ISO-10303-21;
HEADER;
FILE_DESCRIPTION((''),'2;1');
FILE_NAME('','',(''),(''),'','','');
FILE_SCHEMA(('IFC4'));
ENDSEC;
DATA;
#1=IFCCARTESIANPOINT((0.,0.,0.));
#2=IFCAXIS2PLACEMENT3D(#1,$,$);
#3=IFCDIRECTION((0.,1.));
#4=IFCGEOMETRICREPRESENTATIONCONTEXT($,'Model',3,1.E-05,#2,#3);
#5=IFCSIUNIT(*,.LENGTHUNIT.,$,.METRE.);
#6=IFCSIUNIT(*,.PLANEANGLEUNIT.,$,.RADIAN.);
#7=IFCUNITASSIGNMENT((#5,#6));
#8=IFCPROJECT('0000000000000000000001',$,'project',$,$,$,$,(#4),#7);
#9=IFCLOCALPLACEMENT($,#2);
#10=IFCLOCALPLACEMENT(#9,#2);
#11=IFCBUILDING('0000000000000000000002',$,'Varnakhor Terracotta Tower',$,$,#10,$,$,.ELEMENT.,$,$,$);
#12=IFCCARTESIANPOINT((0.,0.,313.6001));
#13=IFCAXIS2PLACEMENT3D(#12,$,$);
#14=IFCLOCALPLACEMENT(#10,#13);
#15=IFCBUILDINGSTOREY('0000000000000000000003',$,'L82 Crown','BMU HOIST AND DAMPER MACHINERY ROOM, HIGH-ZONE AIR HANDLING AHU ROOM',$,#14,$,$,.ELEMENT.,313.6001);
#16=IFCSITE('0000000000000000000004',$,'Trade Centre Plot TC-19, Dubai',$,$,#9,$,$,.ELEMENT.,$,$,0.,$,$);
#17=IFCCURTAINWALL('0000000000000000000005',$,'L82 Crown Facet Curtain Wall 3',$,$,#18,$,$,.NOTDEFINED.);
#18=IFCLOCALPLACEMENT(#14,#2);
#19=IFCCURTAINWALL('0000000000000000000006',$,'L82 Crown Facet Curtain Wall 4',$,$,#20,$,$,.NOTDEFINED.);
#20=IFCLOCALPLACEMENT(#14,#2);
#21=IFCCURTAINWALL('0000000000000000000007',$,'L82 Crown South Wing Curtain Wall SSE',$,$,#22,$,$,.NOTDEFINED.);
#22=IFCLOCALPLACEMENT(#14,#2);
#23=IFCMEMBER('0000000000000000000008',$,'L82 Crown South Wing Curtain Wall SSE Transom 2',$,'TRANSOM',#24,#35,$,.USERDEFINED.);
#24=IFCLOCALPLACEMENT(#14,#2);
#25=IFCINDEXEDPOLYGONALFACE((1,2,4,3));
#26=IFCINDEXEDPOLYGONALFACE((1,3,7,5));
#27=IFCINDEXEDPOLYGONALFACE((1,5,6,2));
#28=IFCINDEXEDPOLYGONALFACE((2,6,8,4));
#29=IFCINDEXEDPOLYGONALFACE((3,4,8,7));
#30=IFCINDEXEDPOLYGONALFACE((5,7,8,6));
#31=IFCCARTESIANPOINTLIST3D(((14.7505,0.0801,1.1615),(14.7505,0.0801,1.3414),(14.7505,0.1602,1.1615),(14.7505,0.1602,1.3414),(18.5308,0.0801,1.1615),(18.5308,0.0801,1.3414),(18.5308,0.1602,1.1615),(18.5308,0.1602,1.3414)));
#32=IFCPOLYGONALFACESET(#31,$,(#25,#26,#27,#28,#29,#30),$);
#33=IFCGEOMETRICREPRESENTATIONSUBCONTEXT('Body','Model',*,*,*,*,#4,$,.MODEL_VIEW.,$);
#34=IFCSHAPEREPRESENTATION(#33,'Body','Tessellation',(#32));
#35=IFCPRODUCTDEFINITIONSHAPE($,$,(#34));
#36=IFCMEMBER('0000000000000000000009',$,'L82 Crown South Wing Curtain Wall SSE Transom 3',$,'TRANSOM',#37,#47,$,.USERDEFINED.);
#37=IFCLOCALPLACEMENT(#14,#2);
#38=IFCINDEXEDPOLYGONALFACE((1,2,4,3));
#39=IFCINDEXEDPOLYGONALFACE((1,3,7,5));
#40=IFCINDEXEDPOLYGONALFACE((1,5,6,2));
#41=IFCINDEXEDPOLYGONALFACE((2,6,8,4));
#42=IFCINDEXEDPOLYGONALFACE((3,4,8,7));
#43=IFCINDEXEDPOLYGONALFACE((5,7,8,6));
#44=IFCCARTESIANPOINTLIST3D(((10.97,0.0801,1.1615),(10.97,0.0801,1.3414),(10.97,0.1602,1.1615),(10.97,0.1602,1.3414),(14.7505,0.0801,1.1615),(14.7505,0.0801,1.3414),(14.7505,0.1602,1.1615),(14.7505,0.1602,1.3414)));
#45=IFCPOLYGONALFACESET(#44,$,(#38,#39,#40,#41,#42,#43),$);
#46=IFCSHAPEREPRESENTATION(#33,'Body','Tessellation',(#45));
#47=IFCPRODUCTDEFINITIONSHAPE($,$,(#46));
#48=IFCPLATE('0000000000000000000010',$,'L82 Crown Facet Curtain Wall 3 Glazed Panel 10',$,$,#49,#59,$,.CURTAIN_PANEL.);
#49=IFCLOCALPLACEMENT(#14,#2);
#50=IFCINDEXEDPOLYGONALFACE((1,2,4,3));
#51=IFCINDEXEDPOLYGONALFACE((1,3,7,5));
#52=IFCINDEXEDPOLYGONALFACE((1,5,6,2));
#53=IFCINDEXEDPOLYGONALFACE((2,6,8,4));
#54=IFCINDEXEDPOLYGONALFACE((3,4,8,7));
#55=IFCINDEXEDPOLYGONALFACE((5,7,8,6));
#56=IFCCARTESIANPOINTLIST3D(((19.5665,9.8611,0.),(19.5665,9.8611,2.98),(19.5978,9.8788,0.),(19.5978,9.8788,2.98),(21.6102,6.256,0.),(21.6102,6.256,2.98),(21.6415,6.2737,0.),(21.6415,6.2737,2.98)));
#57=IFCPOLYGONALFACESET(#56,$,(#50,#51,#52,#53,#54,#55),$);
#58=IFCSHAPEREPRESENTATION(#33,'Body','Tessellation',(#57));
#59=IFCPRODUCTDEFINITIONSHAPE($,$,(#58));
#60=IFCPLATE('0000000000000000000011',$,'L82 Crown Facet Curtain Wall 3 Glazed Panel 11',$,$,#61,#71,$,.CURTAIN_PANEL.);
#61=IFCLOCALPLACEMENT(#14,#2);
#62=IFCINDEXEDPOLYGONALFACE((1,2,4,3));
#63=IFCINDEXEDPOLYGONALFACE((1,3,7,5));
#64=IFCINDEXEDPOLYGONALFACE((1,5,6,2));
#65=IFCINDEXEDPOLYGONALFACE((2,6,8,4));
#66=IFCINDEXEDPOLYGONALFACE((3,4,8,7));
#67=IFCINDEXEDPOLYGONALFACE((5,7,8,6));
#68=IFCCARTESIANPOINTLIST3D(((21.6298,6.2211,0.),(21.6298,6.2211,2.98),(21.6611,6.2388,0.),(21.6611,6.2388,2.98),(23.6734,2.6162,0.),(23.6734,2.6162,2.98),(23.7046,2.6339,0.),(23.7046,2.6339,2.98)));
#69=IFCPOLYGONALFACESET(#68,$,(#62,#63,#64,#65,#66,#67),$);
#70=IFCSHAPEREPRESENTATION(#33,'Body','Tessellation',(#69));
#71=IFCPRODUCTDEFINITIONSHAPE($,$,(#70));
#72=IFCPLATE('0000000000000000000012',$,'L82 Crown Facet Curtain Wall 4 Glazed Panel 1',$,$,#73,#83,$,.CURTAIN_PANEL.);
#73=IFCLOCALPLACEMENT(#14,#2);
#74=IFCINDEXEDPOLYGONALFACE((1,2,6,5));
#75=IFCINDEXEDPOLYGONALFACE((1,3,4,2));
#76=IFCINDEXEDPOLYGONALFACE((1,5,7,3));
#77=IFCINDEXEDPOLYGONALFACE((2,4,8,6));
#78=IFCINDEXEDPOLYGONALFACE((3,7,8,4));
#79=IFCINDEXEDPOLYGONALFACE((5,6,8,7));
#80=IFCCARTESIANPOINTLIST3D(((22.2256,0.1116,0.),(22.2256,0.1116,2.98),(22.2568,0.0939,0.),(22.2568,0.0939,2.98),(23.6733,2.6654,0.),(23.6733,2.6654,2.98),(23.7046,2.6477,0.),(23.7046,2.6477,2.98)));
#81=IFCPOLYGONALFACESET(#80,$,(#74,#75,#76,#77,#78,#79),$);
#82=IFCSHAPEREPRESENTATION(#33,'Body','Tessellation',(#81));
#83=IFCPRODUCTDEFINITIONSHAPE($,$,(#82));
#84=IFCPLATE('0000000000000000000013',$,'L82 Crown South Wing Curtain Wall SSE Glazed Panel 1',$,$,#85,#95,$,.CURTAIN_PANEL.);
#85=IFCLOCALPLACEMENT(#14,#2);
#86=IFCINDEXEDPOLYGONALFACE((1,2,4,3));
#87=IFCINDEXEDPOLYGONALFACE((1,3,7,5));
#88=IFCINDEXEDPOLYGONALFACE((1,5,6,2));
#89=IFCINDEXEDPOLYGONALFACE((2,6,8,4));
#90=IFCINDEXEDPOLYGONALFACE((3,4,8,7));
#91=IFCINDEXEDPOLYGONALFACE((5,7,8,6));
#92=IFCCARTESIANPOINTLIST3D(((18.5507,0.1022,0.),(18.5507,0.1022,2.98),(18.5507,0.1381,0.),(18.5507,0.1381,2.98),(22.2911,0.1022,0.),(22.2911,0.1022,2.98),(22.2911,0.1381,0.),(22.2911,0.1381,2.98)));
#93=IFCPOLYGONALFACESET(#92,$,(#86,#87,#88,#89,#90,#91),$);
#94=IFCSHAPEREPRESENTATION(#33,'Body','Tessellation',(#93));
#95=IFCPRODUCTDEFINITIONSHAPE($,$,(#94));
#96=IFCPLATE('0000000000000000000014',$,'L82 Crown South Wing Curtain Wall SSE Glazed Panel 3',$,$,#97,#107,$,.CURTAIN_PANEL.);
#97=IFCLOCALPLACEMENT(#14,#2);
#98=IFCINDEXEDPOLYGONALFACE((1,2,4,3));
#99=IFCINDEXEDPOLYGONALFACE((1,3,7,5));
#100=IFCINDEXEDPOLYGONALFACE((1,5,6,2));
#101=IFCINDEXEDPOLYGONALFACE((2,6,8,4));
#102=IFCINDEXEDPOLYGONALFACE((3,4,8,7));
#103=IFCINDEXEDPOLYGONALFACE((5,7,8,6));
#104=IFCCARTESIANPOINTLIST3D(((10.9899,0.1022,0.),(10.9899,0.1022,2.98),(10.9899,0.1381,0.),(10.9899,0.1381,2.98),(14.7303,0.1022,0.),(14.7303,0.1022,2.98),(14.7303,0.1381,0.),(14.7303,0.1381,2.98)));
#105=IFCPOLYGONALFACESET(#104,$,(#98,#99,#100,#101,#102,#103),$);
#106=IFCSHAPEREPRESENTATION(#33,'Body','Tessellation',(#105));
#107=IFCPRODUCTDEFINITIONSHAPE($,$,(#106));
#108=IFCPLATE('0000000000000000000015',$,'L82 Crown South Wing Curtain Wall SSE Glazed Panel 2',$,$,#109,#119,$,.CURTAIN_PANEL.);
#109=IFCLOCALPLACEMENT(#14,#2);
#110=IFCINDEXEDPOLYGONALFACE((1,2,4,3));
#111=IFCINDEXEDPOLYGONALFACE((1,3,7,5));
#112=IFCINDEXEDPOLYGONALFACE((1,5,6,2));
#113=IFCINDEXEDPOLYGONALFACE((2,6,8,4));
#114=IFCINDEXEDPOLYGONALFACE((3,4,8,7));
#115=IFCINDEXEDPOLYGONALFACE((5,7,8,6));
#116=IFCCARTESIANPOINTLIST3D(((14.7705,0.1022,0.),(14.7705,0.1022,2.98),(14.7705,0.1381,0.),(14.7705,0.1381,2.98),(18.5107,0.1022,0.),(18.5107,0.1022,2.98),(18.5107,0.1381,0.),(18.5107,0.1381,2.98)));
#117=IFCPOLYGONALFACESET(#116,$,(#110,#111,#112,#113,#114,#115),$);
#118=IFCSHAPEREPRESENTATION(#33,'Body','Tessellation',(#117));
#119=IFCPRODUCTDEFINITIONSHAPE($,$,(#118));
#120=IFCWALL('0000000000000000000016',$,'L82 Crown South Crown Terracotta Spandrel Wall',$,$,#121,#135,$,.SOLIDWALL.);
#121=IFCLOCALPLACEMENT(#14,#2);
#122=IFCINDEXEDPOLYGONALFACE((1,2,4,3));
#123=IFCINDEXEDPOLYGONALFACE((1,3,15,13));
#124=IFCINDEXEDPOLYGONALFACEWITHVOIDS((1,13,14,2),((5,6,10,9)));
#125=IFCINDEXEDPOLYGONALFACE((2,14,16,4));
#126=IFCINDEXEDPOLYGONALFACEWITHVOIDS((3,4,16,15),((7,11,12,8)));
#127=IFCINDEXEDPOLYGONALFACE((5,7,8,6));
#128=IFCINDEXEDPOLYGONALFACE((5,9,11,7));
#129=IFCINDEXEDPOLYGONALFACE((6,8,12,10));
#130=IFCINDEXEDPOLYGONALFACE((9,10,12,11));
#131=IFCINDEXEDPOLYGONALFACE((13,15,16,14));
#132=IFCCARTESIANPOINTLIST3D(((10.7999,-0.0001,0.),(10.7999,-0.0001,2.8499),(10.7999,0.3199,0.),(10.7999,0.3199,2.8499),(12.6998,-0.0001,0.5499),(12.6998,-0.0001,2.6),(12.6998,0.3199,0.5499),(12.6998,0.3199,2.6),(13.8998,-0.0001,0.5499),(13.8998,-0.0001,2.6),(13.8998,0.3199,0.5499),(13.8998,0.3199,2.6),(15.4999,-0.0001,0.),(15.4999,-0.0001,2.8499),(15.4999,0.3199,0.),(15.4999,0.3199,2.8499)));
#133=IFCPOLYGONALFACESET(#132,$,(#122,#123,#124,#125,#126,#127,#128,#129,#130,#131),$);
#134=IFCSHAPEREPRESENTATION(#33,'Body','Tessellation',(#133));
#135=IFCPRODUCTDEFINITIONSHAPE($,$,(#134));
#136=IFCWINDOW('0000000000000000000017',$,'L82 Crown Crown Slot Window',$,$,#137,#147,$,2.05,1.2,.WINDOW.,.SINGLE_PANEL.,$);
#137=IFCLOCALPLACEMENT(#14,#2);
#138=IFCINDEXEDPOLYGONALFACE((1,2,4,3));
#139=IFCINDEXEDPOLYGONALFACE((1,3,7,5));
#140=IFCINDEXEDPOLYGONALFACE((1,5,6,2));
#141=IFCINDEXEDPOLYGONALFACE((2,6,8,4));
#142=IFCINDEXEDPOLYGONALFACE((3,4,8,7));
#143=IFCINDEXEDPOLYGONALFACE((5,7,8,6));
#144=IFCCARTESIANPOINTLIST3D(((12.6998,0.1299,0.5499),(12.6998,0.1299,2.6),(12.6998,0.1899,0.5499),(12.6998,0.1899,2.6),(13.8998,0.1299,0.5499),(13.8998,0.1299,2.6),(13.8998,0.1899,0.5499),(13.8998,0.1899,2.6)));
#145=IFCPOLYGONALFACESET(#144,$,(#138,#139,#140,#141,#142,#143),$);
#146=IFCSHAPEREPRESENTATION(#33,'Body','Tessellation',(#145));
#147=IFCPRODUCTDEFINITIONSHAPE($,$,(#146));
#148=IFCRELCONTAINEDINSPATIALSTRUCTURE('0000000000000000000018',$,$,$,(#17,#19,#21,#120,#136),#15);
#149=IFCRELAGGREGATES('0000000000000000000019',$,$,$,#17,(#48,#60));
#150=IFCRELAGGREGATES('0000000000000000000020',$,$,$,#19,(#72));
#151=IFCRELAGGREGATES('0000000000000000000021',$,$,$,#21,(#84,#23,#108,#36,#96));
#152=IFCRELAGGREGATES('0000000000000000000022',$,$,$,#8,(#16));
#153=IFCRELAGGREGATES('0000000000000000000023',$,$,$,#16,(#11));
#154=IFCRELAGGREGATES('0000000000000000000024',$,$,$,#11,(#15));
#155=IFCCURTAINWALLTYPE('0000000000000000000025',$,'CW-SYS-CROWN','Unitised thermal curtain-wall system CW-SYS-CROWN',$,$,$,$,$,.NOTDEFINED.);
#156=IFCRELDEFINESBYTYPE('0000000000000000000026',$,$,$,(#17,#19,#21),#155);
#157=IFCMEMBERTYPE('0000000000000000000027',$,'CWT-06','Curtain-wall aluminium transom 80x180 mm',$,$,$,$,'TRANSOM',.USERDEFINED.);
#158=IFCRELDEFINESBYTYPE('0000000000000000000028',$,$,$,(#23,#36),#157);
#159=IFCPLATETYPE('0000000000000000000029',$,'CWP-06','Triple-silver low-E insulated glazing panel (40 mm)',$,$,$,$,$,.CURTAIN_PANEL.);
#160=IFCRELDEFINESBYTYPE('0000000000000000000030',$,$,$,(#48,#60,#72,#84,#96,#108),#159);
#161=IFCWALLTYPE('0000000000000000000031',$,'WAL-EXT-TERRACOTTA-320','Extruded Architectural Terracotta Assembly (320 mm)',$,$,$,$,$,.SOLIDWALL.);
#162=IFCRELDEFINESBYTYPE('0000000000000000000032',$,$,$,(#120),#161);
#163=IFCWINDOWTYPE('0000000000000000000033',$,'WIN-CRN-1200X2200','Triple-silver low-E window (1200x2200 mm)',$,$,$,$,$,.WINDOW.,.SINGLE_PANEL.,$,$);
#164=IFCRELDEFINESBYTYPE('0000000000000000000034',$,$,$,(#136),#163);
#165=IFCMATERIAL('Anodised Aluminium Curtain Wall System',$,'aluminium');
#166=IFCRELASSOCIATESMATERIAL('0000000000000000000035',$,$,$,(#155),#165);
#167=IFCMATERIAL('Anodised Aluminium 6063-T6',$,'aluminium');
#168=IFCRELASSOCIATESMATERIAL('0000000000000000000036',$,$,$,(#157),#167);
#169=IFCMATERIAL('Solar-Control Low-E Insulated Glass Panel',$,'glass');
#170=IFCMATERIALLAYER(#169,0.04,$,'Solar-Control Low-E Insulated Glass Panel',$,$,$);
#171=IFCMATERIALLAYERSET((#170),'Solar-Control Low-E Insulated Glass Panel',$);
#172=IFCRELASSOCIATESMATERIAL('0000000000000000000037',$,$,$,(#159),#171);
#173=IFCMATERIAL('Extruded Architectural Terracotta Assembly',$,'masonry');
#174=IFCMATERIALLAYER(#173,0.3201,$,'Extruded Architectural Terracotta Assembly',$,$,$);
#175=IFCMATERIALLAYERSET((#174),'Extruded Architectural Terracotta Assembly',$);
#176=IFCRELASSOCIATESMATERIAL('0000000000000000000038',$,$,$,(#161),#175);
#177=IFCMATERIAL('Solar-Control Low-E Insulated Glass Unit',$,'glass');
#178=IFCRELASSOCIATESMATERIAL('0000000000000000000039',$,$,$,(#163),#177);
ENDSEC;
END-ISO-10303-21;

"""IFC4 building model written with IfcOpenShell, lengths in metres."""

from ifc_helpers import new_model, si_unit, direction, frame, frame_2d, origin, origin_2d, place, context, subcontext, project, spatial, rectangle, extrude, source, transform, mapped, material, layer, layer_set, material_profile, profile_set, type_object, type_shapes, element, fill, aggregate, save


model = new_model("IFC4")

# Units and contexts
model_context = context("Model", 3, precision=1e-05, world=origin(), true_north=direction((0.0, 1.0)))
body_context = subcontext(model_context, "Body", "Model", "MODEL_VIEW")
ifc_project = project(units=[si_unit("LENGTHUNIT", "METRE"), si_unit("PLANEANGLEUNIT", "RADIAN")], contexts=[model_context])

# Site, building, storey
site_placement = place(None, origin())
site = spatial("IfcSite", under=ifc_project, at=site_placement, Name="Trade Centre Plot TC-19, Dubai", CompositionType="ELEMENT", RefElevation=0.0)
building_placement = place(site_placement, origin())
building = spatial("IfcBuilding", under=site, at=building_placement, Name="Varnakhor Terracotta Tower", CompositionType="ELEMENT")
storey_placement = place(building_placement, frame((0.0, 0.0, 313.6001)))
storey = spatial("IfcBuildingStorey", under=building, at=storey_placement, Name="L82 Crown", Description="BMU HOIST AND DAMPER MACHINERY ROOM, HIGH-ZONE AIR HANDLING AHU ROOM", CompositionType="ELEMENT", Elevation=313.6001)

# Curtain wall
ifc_material_1 = material(Name="Anodised Aluminium Curtain Wall System", Category="aluminium")
curtain_wall_type = type_object("IfcCurtainWallType", Name="CW-SYS-CROWN", Description="Unitised thermal curtain-wall system CW-SYS-CROWN", PredefinedType="NOTDEFINED", material=ifc_material_1)
curtain_wall_1_placement = place(storey_placement, origin())
curtain_wall_1 = element("IfcCurtainWall", 1, at=curtain_wall_1_placement, inside=storey, type_object=curtain_wall_type, Name="L82 Crown Facet Curtain Wall 3", PredefinedType="NOTDEFINED")
ifc_material_2 = material(Name="Anodised Aluminium 6063-T6", Category="aluminium")

# Curtain wall
curtain_wall_2_placement = place(storey_placement, origin())
curtain_wall_2 = element("IfcCurtainWall", 2, at=curtain_wall_2_placement, inside=storey, type_object=curtain_wall_type, Name="L82 Crown Facet Curtain Wall 4", PredefinedType="NOTDEFINED")

# Curtain wall
curtain_wall_3_placement = place(storey_placement, origin())
curtain_wall_3 = element("IfcCurtainWall", 3, at=curtain_wall_3_placement, inside=storey, type_object=curtain_wall_type, Name="L82 Crown South Wing Curtain Wall SSE", PredefinedType="NOTDEFINED")

# Members
ifc_material_profile_1 = material_profile(ifc_material_2, rectangle(XDim=0.0801, YDim=0.1799, at=origin_2d()), Name="ALU TRANSOM 80x180")
ifc_profile_set_1 = profile_set([ifc_material_profile_1], Name="Anodised Aluminium 6063-T6")
member_type_1 = type_object("IfcMemberType", Name="CWT-06", Description="Curtain-wall aluminium transom 80x180 mm", ElementType="TRANSOM", PredefinedType="USERDEFINED", material=ifc_profile_set_1)
shared_shape_1 = source(origin(), body_context, "Body", "SweptSolid", [
    extrude(rectangle(XDim=0.0801, YDim=0.1799, at=origin_2d()), origin(), (0.0, 0.0, 1.0), 3.7803),
])
member_1_placement = place(storey_placement, frame((18.5308, 0.1201, 1.2515), z_axis=(-1.0, 0.0, 0.0), x_axis=(0.0, -1.0, 0.0)))
member_1 = element("IfcMember", 4, at=member_1_placement, type_object=member_type_1, Name="L82 Crown South Wing Curtain Wall SSE Transom 2", ObjectType="TRANSOM", PredefinedType="USERDEFINED", context=body_context, shape_type="MappedRepresentation", body=[
    mapped(shared_shape_1, transform((0.0, 0.0, 0.0), scale=1.0)),
])
shared_shape_2 = source(origin(), body_context, "Body", "SweptSolid", [
    extrude(rectangle(XDim=0.0801, YDim=0.1799, at=origin_2d()), origin(), (0.0, 0.0, 1.0), 3.7805),
])
member_2_placement = place(storey_placement, frame((14.7505, 0.1201, 1.2515), z_axis=(-1.0, 0.0, 0.0), x_axis=(0.0, -1.0, 0.0)))
member_2 = element("IfcMember", 5, at=member_2_placement, type_object=member_type_1, Name="L82 Crown South Wing Curtain Wall SSE Transom 3", ObjectType="TRANSOM", PredefinedType="USERDEFINED", context=body_context, shape_type="MappedRepresentation", body=[
    mapped(shared_shape_2, transform((0.0, 0.0, 0.0), scale=1.0)),
])

# Plates
ifc_material_3 = material(Name="Solar-Control Low-E Insulated Glass Panel", Category="glass")
ifc_layer_1 = layer(ifc_material_3, 0.04, Name="Solar-Control Low-E Insulated Glass Panel")
ifc_layer_set_1 = layer_set([ifc_layer_1], Name="Solar-Control Low-E Insulated Glass Panel")
plate_type = type_object("IfcPlateType", Name="CWP-06", Description="Triple-silver low-E insulated glazing panel (40 mm)", PredefinedType="CURTAIN_PANEL", material=ifc_layer_set_1)
shared_shape_3 = source(origin(), body_context, "Body", "SweptSolid", [
    extrude(rectangle(XDim=4.144, YDim=0.0359, at=origin_2d()), origin(), (0.0, 0.0, 1.0), 2.98),
])
plate_1_placement = place(storey_placement, frame((20.604, 8.0674, 0.0), z_axis=(0.0, 0.0, 1.0), x_axis=(0.493168, -0.869934, 0.0)))
plate_1 = element("IfcPlate", 6, at=plate_1_placement, type_object=plate_type, Name="L82 Crown Facet Curtain Wall 3 Glazed Panel 10", PredefinedType="CURTAIN_PANEL", context=body_context, shape_type="MappedRepresentation", body=[
    mapped(shared_shape_3, transform((0.0, 0.0, 0.0), scale=1.0)),
])
shared_shape_4 = source(origin(), body_context, "Body", "SweptSolid", [
    extrude(rectangle(XDim=4.1438, YDim=0.0359, at=origin_2d()), origin(), (0.0, 0.0, 1.0), 2.98),
])
plate_2_placement = place(storey_placement, frame((22.6672, 4.4275, 0.0), z_axis=(0.0, 0.0, 1.0), x_axis=(0.493168, -0.869934, 0.0)))
plate_2 = element("IfcPlate", 7, at=plate_2_placement, type_object=plate_type, Name="L82 Crown Facet Curtain Wall 3 Glazed Panel 11", PredefinedType="CURTAIN_PANEL", context=body_context, shape_type="MappedRepresentation", body=[
    mapped(shared_shape_4, transform((0.0, 0.0, 0.0), scale=1.0)),
])
aggregate(curtain_wall_1, [plate_1, plate_2])
shared_shape_5 = source(origin(), body_context, "Body", "SweptSolid", [
    extrude(rectangle(XDim=2.9355, YDim=0.0359, at=origin_2d()), origin(), (0.0, 0.0, 1.0), 2.98),
])
plate_3_placement = place(storey_placement, frame((22.9651, 1.3796, 0.0), z_axis=(0.0, 0.0, 1.0), x_axis=(-0.493168, -0.869934, 0.0)))
plate_3 = element("IfcPlate", 8, at=plate_3_placement, type_object=plate_type, Name="L82 Crown Facet Curtain Wall 4 Glazed Panel 1", PredefinedType="CURTAIN_PANEL", context=body_context, shape_type="MappedRepresentation", body=[
    mapped(shared_shape_5, transform((0.0, 0.0, 0.0), scale=1.0)),
])
aggregate(curtain_wall_2, [plate_3])
shared_shape_6 = source(origin(), body_context, "Body", "SweptSolid", [
    extrude(rectangle(XDim=3.7405, YDim=0.0359, at=origin_2d()), origin(), (0.0, 0.0, 1.0), 2.98),
])
plate_4_placement = place(storey_placement, frame((20.4209, 0.1201, 0.0), z_axis=(0.0, 0.0, 1.0), x_axis=(-1.0, 0.0, 0.0)))
plate_4 = element("IfcPlate", 9, at=plate_4_placement, type_object=plate_type, Name="L82 Crown South Wing Curtain Wall SSE Glazed Panel 1", PredefinedType="CURTAIN_PANEL", context=body_context, shape_type="MappedRepresentation", body=[
    mapped(shared_shape_6, transform((0.0, 0.0, 0.0), scale=1.0)),
])
plate_5_placement = place(storey_placement, frame((12.8601, 0.1201, 0.0), z_axis=(0.0, 0.0, 1.0), x_axis=(-1.0, 0.0, 0.0)))
plate_5 = element("IfcPlate", 10, at=plate_5_placement, type_object=plate_type, Name="L82 Crown South Wing Curtain Wall SSE Glazed Panel 3", PredefinedType="CURTAIN_PANEL", context=body_context, shape_type="MappedRepresentation", body=[
    mapped(shared_shape_6, transform((0.0, 0.0, 0.0), scale=1.0)),
])
shared_shape_7 = source(origin(), body_context, "Body", "SweptSolid", [
    extrude(rectangle(XDim=3.7402, YDim=0.0359, at=origin_2d()), origin(), (0.0, 0.0, 1.0), 2.98),
])
plate_6_placement = place(storey_placement, frame((16.6406, 0.1201, 0.0), z_axis=(0.0, 0.0, 1.0), x_axis=(-1.0, 0.0, 0.0)))
plate_6 = element("IfcPlate", 11, at=plate_6_placement, type_object=plate_type, Name="L82 Crown South Wing Curtain Wall SSE Glazed Panel 2", PredefinedType="CURTAIN_PANEL", context=body_context, shape_type="MappedRepresentation", body=[
    mapped(shared_shape_7, transform((0.0, 0.0, 0.0), scale=1.0)),
])
aggregate(curtain_wall_3, [plate_4, member_1, plate_6, member_2, plate_5])

# Wall, opening, window
ifc_material_4 = material(Name="Extruded Architectural Terracotta Assembly", Category="masonry")
ifc_layer_2 = layer(ifc_material_4, 0.3201, Name="Extruded Architectural Terracotta Assembly")
ifc_layer_set_2 = layer_set([ifc_layer_2], Name="Extruded Architectural Terracotta Assembly")
wall_type = type_object("IfcWallType", Name="WAL-EXT-TERRACOTTA-320", Description="Extruded Architectural Terracotta Assembly (320 mm)", PredefinedType="SOLIDWALL", material=ifc_layer_set_2)
wall_placement = place(storey_placement, frame((15.5, 0.1599, 0.0), z_axis=(0.0, 0.0, 1.0), x_axis=(-1.0, 0.0, 0.0)))
wall = element("IfcWall", 12, at=wall_placement, inside=storey, type_object=wall_type, Name="L82 Crown South Crown Terracotta Spandrel Wall", PredefinedType="SOLIDWALL", context=body_context, shape_type="SweptSolid", body=[
    extrude(rectangle(XDim=4.7, YDim=0.3201, at=frame_2d((2.3501, 0.0))), origin(), (0.0, 0.0, 1.0), 2.8499),
])
opening_placement = place(wall_placement, frame((1.6001, 0.0, 0.55)))
opening = element("IfcOpeningElement", 13, at=opening_placement, cuts=wall, PredefinedType="OPENING", context=body_context, shape_type="SweptSolid", body=[
    extrude(rectangle(XDim=1.2, YDim=2.05, at=frame_2d((0.6001, 1.0249))), frame((0.0, 0.1699, 0.0), z_axis=(0.0, -1.0, 0.0), x_axis=(1.0, 0.0, 0.0)), (0.0, 0.0, 1.0), 0.3401),
])
ifc_material_5 = material(Name="Solar-Control Low-E Insulated Glass Unit", Category="glass")
window_type = type_object("IfcWindowType", Name="WIN-CRN-1200X2200", Description="Triple-silver low-E window (1200x2200 mm)", PartitioningType="SINGLE_PANEL", PredefinedType="WINDOW", material=ifc_material_5)
shared_shape_8 = source(origin(), body_context, "Body", "SweptSolid", [
    extrude(rectangle(XDim=1.2, YDim=2.05, at=frame_2d((0.6001, 1.0249))), frame((0.0, 0.03, 0.0), z_axis=(0.0, -1.0, 0.0), x_axis=(1.0, 0.0, 0.0)), (0.0, 0.0, 1.0), 0.0601),
])
type_shapes(window_type, [shared_shape_8])
window_placement = place(opening_placement, origin())
window = element("IfcWindow", 14, at=window_placement, inside=storey, type_object=window_type, Name="L82 Crown Crown Slot Window", OverallHeight=2.05, OverallWidth=1.2, PartitioningType="SINGLE_PANEL", PredefinedType="WINDOW", context=body_context, shape_type="MappedRepresentation", body=[
    mapped(shared_shape_8, transform((0.0, 0.0, 0.0), scale=1.0)),
])
fill(opening, window)

save(model, "model.ifc")
